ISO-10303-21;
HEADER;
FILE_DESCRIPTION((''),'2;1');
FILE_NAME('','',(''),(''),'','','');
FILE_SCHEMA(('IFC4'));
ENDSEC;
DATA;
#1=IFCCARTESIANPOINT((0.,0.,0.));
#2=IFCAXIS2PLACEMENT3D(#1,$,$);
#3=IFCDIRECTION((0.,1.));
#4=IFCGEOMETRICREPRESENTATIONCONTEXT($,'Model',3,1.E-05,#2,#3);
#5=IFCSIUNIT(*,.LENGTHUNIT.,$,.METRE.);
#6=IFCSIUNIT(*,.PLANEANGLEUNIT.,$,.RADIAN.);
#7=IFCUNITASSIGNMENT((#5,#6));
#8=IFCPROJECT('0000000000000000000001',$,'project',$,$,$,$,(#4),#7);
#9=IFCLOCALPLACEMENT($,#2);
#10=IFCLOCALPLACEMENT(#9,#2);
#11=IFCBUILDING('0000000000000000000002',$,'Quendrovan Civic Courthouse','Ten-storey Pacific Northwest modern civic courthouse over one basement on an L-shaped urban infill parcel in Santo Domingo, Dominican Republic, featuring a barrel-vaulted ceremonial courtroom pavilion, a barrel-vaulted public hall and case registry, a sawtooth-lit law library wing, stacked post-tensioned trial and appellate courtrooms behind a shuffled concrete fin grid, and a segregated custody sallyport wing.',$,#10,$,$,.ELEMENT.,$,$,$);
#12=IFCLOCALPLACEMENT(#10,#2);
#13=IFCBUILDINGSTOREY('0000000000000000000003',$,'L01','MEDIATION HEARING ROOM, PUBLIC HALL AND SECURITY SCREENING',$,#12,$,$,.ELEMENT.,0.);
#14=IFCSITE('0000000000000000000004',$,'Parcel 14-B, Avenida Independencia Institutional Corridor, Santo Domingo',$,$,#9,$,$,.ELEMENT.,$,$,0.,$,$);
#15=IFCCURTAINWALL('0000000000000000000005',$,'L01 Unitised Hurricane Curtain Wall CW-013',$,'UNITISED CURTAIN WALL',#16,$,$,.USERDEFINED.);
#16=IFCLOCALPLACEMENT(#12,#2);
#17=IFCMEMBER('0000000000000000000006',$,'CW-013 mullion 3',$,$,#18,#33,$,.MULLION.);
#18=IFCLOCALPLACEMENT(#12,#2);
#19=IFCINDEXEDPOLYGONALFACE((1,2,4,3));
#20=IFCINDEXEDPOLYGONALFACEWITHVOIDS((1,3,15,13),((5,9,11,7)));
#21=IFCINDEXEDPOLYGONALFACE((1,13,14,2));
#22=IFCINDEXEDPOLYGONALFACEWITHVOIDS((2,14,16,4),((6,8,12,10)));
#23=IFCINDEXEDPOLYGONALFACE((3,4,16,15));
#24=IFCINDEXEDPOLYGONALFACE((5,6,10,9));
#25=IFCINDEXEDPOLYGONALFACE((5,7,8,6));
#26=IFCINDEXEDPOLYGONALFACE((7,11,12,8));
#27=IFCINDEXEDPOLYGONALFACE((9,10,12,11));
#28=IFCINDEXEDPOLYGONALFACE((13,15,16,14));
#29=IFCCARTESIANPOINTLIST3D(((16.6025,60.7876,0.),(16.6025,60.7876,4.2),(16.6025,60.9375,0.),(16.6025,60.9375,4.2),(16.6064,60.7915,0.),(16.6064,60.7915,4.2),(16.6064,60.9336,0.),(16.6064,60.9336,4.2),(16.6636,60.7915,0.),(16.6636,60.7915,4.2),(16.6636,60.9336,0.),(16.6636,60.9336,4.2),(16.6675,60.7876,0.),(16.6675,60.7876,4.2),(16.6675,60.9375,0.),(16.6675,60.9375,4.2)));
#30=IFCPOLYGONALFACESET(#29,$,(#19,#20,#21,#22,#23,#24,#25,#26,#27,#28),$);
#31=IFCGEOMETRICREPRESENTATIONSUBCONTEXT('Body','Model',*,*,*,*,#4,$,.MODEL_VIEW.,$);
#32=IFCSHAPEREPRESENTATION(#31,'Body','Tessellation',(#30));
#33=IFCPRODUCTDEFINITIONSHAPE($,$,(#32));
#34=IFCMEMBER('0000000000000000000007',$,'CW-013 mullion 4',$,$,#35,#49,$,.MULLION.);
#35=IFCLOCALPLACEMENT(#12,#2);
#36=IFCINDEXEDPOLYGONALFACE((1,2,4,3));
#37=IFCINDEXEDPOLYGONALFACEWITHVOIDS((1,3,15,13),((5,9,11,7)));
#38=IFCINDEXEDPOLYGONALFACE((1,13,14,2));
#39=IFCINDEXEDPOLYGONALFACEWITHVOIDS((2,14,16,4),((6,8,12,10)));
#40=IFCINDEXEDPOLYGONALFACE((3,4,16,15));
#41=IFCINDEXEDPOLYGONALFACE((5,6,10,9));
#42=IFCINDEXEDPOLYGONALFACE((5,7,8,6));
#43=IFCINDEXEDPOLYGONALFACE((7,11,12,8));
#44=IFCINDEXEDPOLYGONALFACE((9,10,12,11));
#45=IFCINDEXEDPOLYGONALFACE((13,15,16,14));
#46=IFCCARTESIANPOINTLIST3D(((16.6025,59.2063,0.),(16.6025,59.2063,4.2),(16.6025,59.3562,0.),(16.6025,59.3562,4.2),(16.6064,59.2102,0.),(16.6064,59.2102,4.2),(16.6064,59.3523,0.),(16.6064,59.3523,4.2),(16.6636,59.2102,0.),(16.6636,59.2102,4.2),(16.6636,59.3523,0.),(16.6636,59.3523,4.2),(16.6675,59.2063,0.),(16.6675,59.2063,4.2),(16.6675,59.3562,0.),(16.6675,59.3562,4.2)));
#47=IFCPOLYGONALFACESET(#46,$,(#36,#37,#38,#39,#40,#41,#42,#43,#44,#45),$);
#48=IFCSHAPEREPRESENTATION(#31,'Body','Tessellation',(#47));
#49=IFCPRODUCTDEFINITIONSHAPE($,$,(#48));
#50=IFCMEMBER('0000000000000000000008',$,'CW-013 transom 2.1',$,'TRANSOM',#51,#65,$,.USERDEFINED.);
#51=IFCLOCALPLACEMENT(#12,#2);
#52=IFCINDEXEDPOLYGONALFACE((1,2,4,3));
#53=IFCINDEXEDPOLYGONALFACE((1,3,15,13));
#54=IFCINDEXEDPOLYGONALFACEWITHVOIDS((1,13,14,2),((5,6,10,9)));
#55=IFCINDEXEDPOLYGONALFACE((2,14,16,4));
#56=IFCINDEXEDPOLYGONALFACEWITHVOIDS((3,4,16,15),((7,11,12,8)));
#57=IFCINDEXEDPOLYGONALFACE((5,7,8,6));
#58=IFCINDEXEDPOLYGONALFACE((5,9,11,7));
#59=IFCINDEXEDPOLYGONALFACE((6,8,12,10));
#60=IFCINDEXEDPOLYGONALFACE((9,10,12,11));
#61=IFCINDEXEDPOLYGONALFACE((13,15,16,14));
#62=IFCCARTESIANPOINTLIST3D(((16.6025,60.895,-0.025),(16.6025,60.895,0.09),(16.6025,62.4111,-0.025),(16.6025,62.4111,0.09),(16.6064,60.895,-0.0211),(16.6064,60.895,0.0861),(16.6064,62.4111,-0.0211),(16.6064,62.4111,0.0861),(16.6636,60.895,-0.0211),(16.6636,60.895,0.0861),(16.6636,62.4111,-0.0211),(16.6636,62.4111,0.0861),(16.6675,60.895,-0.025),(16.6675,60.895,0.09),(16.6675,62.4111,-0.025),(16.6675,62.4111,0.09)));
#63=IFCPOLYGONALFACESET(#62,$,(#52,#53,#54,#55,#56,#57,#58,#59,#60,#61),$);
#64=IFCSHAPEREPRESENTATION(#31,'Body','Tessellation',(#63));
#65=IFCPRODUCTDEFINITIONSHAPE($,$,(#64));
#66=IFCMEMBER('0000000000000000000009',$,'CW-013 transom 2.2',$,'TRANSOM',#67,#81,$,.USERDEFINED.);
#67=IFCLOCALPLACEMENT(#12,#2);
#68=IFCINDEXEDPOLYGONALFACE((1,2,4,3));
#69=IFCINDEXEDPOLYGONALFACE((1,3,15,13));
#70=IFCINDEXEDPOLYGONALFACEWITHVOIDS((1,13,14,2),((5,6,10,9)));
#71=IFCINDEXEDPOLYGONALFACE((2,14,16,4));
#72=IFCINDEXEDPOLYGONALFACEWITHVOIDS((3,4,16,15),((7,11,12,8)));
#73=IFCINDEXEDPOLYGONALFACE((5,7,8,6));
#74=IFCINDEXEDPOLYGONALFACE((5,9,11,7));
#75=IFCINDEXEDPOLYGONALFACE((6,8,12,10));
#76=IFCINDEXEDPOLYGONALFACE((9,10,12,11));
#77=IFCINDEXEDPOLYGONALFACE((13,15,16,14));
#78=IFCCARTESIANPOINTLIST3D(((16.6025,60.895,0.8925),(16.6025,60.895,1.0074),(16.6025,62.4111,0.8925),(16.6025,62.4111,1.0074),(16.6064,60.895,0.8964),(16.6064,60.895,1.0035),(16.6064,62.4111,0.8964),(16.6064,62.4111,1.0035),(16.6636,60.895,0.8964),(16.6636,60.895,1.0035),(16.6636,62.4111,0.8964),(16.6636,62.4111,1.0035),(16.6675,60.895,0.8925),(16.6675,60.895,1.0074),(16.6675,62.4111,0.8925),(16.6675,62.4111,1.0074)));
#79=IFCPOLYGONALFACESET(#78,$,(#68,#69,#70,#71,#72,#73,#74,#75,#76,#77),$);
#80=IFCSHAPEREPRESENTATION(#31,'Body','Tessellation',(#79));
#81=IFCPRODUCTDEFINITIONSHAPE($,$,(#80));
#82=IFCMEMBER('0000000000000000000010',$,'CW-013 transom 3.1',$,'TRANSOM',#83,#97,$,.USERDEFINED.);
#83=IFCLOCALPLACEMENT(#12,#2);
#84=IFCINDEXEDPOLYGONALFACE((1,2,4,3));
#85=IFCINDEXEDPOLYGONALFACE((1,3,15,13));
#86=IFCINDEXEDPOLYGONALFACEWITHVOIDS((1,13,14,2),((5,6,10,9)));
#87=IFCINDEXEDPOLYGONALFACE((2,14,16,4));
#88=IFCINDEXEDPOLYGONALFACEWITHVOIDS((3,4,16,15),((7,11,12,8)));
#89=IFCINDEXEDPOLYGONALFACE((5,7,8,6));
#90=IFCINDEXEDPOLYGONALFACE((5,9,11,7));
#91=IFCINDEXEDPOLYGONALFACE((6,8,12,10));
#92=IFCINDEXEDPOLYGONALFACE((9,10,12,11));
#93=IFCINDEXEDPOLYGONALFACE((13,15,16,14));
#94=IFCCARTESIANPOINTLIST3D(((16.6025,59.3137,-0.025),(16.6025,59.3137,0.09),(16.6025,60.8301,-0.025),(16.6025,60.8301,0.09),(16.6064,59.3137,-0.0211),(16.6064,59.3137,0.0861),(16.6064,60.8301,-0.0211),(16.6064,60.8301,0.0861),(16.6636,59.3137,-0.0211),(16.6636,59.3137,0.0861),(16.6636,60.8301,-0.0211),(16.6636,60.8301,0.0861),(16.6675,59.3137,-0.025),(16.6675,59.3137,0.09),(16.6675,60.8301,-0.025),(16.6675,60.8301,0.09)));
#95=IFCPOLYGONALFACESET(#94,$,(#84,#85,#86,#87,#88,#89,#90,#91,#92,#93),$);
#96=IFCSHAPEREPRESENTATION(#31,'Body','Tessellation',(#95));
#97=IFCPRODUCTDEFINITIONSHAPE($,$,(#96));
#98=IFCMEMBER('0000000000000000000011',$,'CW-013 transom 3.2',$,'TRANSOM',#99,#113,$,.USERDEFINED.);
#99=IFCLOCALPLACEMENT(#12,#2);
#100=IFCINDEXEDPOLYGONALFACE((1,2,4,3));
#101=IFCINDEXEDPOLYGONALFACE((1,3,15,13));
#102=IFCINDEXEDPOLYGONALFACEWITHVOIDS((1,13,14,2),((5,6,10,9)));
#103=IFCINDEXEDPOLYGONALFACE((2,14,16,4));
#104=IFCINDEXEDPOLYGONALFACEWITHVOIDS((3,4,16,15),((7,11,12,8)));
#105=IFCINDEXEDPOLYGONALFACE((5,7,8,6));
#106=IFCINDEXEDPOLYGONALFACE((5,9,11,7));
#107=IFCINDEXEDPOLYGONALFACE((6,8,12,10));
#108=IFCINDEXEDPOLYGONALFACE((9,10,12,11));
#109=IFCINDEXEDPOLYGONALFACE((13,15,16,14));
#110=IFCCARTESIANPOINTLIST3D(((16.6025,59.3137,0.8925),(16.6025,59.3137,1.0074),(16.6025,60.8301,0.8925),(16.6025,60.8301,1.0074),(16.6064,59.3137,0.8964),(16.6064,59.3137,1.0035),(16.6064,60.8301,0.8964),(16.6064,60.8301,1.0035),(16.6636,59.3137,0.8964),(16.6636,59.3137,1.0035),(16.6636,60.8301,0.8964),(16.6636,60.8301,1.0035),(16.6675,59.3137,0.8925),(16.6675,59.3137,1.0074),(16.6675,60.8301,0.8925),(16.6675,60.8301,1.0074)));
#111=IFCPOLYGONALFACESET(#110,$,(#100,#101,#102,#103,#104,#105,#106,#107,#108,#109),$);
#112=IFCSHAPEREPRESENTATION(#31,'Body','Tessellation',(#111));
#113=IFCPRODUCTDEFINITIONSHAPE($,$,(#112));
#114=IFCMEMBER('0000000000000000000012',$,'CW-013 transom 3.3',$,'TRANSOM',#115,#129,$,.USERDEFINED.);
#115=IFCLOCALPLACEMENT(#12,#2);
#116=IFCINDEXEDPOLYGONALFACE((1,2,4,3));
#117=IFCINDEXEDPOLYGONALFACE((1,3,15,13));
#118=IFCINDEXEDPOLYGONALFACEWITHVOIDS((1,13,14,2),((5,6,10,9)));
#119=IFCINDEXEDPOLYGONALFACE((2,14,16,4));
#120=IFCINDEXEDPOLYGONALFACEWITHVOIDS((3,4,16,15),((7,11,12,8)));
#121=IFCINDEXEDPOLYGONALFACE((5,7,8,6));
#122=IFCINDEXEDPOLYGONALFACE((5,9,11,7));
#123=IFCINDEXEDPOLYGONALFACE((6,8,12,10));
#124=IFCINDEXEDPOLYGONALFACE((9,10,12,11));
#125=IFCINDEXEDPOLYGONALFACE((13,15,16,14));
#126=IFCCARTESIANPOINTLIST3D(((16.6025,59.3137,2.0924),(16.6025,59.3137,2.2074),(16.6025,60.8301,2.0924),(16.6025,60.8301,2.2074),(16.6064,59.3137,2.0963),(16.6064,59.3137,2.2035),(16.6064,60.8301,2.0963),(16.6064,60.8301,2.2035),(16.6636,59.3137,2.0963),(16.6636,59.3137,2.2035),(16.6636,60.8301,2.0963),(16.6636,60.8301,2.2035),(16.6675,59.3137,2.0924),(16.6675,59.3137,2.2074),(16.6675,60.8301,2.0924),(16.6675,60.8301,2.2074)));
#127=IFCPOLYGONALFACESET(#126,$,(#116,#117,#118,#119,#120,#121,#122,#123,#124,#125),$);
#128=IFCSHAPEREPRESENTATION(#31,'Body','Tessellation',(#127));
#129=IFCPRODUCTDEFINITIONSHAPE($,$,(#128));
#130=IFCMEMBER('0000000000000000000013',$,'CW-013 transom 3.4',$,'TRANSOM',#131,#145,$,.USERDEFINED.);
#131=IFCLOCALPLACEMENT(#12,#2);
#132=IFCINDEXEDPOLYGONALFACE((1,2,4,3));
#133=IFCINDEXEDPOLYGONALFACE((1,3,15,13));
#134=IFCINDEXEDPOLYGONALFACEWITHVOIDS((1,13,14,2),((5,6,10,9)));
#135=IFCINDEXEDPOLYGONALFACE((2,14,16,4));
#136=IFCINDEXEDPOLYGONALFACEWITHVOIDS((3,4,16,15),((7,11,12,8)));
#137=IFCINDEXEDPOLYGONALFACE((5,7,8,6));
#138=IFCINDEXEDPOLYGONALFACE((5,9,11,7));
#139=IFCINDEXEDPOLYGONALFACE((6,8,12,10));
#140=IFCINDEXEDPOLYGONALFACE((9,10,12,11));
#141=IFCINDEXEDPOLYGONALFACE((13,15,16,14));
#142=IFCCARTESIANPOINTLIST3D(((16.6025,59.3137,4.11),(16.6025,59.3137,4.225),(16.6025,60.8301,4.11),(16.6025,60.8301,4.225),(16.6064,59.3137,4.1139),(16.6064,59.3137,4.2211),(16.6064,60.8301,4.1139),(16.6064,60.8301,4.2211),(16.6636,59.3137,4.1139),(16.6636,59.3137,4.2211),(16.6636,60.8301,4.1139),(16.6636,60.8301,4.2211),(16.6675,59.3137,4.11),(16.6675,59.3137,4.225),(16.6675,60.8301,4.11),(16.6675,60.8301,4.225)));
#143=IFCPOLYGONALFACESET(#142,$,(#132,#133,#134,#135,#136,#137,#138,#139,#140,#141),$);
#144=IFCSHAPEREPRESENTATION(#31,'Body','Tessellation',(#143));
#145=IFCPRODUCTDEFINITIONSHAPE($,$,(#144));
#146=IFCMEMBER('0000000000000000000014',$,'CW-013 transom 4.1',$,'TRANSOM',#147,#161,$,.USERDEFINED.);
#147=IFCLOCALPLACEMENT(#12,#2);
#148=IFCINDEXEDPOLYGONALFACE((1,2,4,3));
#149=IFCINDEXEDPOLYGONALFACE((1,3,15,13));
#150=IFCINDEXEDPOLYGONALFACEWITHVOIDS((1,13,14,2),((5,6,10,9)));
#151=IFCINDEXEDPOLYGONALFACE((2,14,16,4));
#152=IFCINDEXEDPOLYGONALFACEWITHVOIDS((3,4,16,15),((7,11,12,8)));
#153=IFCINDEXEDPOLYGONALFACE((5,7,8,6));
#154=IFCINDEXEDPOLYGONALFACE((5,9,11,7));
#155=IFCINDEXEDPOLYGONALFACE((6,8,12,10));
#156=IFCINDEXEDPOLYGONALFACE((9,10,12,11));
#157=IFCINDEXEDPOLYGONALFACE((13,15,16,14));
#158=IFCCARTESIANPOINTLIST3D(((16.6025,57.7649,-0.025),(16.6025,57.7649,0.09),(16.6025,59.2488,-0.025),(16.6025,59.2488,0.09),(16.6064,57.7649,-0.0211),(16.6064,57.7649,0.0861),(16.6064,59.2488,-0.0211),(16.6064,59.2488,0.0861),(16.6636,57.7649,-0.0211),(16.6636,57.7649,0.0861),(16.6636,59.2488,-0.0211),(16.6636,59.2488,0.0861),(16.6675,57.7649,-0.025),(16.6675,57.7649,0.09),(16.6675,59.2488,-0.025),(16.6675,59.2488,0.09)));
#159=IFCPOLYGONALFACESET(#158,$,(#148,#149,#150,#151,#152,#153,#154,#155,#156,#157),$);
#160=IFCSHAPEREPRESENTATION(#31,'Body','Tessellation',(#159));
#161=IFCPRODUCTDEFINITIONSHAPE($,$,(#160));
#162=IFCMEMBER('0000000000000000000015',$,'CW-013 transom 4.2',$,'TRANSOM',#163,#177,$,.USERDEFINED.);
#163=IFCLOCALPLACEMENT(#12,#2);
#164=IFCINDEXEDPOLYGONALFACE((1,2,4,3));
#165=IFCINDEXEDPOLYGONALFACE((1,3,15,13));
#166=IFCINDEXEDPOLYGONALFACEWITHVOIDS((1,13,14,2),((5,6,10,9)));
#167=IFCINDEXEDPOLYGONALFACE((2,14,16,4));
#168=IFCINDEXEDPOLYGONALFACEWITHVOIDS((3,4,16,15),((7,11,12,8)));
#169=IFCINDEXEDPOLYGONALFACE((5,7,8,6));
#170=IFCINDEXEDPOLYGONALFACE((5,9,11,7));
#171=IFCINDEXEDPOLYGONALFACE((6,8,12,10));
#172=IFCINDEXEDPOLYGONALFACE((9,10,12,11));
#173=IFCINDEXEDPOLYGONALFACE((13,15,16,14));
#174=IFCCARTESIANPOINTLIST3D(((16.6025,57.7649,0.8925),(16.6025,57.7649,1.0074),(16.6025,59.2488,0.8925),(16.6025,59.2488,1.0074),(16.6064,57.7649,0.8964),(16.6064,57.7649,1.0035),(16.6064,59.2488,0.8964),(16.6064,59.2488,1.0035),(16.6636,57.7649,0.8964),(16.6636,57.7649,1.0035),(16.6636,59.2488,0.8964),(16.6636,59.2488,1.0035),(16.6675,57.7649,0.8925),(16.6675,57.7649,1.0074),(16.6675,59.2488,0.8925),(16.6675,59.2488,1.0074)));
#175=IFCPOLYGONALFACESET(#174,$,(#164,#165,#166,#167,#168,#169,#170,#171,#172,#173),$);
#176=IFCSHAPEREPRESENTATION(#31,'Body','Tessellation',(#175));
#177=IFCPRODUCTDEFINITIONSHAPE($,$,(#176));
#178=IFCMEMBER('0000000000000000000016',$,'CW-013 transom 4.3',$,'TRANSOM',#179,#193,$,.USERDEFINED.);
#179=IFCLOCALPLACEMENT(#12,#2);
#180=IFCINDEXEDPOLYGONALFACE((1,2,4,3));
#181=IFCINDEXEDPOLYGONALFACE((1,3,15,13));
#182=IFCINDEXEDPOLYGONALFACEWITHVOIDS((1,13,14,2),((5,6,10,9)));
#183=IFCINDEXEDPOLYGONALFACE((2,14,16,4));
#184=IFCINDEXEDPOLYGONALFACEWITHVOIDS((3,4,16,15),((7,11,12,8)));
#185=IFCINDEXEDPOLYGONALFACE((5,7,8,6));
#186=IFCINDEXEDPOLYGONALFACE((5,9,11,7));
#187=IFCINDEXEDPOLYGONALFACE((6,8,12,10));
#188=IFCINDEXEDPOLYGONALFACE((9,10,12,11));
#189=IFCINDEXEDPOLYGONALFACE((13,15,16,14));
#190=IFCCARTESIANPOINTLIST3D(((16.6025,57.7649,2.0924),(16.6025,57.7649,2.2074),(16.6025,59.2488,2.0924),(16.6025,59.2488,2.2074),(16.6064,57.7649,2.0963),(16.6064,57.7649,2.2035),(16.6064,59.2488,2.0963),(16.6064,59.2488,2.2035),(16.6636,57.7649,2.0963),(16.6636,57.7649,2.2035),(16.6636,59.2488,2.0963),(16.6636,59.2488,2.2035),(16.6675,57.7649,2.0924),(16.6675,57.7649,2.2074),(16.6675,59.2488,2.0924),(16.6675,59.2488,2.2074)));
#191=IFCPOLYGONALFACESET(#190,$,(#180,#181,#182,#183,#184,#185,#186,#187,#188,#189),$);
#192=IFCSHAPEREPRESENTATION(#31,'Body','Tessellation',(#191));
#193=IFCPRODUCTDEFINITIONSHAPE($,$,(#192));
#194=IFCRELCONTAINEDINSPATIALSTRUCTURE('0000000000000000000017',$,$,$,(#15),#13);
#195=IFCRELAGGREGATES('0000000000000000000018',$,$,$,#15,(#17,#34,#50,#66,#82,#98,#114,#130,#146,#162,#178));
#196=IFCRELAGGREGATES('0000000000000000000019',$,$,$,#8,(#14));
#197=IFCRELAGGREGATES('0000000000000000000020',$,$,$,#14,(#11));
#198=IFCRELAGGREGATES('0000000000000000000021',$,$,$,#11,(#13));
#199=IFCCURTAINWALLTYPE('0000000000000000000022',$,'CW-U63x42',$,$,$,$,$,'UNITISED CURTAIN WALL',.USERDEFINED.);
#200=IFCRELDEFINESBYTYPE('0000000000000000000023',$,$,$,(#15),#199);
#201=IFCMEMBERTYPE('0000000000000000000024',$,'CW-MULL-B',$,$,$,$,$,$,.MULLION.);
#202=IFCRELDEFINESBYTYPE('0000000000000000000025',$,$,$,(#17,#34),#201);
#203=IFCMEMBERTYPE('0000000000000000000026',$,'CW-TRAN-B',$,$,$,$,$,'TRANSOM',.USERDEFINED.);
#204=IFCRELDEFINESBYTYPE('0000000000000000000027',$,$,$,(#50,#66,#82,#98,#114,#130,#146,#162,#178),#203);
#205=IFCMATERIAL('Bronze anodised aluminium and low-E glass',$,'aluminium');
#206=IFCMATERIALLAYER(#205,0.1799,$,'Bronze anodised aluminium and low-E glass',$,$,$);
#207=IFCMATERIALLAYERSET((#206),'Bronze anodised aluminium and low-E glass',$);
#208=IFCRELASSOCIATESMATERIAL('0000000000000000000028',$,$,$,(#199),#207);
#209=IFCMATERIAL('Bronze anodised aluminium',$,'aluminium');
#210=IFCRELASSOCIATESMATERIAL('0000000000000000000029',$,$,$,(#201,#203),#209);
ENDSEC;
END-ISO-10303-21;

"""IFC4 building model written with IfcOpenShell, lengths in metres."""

from ifc_helpers import new_model, si_unit, direction, frame, origin, origin_2d, place, context, subcontext, project, spatial, hollow_rectangle, extrude, material, layer, layer_set, material_profile, profile_set, type_object, element, aggregate, save


model = new_model("IFC4")

# Units and contexts
model_context = context("Model", 3, precision=1e-05, world=origin(), true_north=direction((0.0, 1.0)))
body_context = subcontext(model_context, "Body", "Model", "MODEL_VIEW")
ifc_project = project(units=[si_unit("LENGTHUNIT", "METRE"), si_unit("PLANEANGLEUNIT", "RADIAN")], contexts=[model_context])

# Site, building, storey
site_placement = place(None, origin())
site = spatial("IfcSite", under=ifc_project, at=site_placement, Name="Parcel 14-B, Avenida Independencia Institutional Corridor, Santo Domingo", CompositionType="ELEMENT", RefElevation=0.0)
building_placement = place(site_placement, origin())
building = spatial("IfcBuilding", under=site, at=building_placement, Name="Quendrovan Civic Courthouse", Description="Ten-storey Pacific Northwest modern civic courthouse over one basement on an L-shaped urban infill parcel in Santo Domingo, Dominican Republic, featuring a barrel-vaulted ceremonial courtroom pavilion, a barrel-vaulted public hall and case registry, a sawtooth-lit law library wing, stacked post-tensioned trial and appellate courtrooms behind a shuffled concrete fin grid, and a segregated custody sallyport wing.", CompositionType="ELEMENT")
storey_placement = place(building_placement, origin())
storey = spatial("IfcBuildingStorey", under=building, at=storey_placement, Name="L01", Description="MEDIATION HEARING ROOM, PUBLIC HALL AND SECURITY SCREENING", CompositionType="ELEMENT", Elevation=0.0)

# Curtain wall, members
ifc_material_1 = material(Name="Bronze anodised aluminium and low-E glass", Category="aluminium")
ifc_layer_1 = layer(ifc_material_1, 0.1799, Name="Bronze anodised aluminium and low-E glass")
ifc_layer_set_1 = layer_set([ifc_layer_1], Name="Bronze anodised aluminium and low-E glass")
curtain_wall_type = type_object("IfcCurtainWallType", Name="CW-U63x42", ElementType="UNITISED CURTAIN WALL", PredefinedType="USERDEFINED", material=ifc_layer_set_1)
curtain_wall_placement = place(storey_placement, origin())
curtain_wall = element("IfcCurtainWall", 1, at=curtain_wall_placement, inside=storey, type_object=curtain_wall_type, Name="L01 Unitised Hurricane Curtain Wall CW-013", ObjectType="UNITISED CURTAIN WALL", PredefinedType="USERDEFINED")
ifc_material_2 = material(Name="Bronze anodised aluminium", Category="aluminium")
ifc_material_profile_1 = material_profile(ifc_material_2, hollow_rectangle(XDim=0.0649, YDim=0.1499, WallThickness=0.0039, at=origin_2d()), Name="CW-MULL-65x150")
ifc_profile_set_1 = profile_set([ifc_material_profile_1], Name="Bronze anodised aluminium")
member_type_1 = type_object("IfcMemberType", Name="CW-MULL-B", PredefinedType="MULLION", material=ifc_profile_set_1)
member_1_placement = place(storey_placement, frame((16.635, 60.8625, 0.0), z_axis=(0.0, 0.0, 1.0), x_axis=(1.0, 0.0, 0.0)))
member_1 = element("IfcMember", 2, at=member_1_placement, type_object=member_type_1, Name="CW-013 mullion 3", PredefinedType="MULLION", context=body_context, shape_type="SweptSolid", body=[
    extrude(hollow_rectangle(XDim=0.0649, YDim=0.1499, WallThickness=0.0039, at=origin_2d()), origin(), (0.0, 0.0, 1.0), 4.2),
])
member_2_placement = place(storey_placement, frame((16.635, 59.2812, 0.0), z_axis=(0.0, 0.0, 1.0), x_axis=(1.0, 0.0, 0.0)))
member_2 = element("IfcMember", 3, at=member_2_placement, type_object=member_type_1, Name="CW-013 mullion 4", PredefinedType="MULLION", context=body_context, shape_type="SweptSolid", body=[
    extrude(hollow_rectangle(XDim=0.0649, YDim=0.1499, WallThickness=0.0039, at=origin_2d()), origin(), (0.0, 0.0, 1.0), 4.2),
])
ifc_material_profile_2 = material_profile(ifc_material_2, hollow_rectangle(XDim=0.0649, YDim=0.115, WallThickness=0.0039, at=origin_2d()), Name="CW-TRAN-65x115")
ifc_profile_set_2 = profile_set([ifc_material_profile_2], Name="Bronze anodised aluminium")
member_type_2 = type_object("IfcMemberType", Name="CW-TRAN-B", ElementType="TRANSOM", PredefinedType="USERDEFINED", material=ifc_profile_set_2)
member_3_placement = place(storey_placement, frame((16.635, 62.4111, 0.0325), z_axis=(0.0, -1.0, 0.0), x_axis=(1.0, 0.0, 0.0)))
member_3 = element("IfcMember", 4, at=member_3_placement, type_object=member_type_2, Name="CW-013 transom 2.1", ObjectType="TRANSOM", PredefinedType="USERDEFINED", context=body_context, shape_type="SweptSolid", body=[
    extrude(hollow_rectangle(XDim=0.0649, YDim=0.115, WallThickness=0.0039, at=origin_2d()), origin(), (0.0, 0.0, 1.0), 1.5161),
])
member_4_placement = place(storey_placement, frame((16.635, 62.4111, 0.95), z_axis=(0.0, -1.0, 0.0), x_axis=(1.0, 0.0, 0.0)))
member_4 = element("IfcMember", 5, at=member_4_placement, type_object=member_type_2, Name="CW-013 transom 2.2", ObjectType="TRANSOM", PredefinedType="USERDEFINED", context=body_context, shape_type="SweptSolid", body=[
    extrude(hollow_rectangle(XDim=0.0649, YDim=0.115, WallThickness=0.0039, at=origin_2d()), origin(), (0.0, 0.0, 1.0), 1.5161),
])
member_5_placement = place(storey_placement, frame((16.635, 60.8301, 0.0325), z_axis=(0.0, -1.0, 0.0), x_axis=(1.0, 0.0, 0.0)))
member_5 = element("IfcMember", 6, at=member_5_placement, type_object=member_type_2, Name="CW-013 transom 3.1", ObjectType="TRANSOM", PredefinedType="USERDEFINED", context=body_context, shape_type="SweptSolid", body=[
    extrude(hollow_rectangle(XDim=0.0649, YDim=0.115, WallThickness=0.0039, at=origin_2d()), origin(), (0.0, 0.0, 1.0), 1.5164),
])
member_6_placement = place(storey_placement, frame((16.635, 60.8301, 0.95), z_axis=(0.0, -1.0, 0.0), x_axis=(1.0, 0.0, 0.0)))
member_6 = element("IfcMember", 7, at=member_6_placement, type_object=member_type_2, Name="CW-013 transom 3.2", ObjectType="TRANSOM", PredefinedType="USERDEFINED", context=body_context, shape_type="SweptSolid", body=[
    extrude(hollow_rectangle(XDim=0.0649, YDim=0.115, WallThickness=0.0039, at=origin_2d()), origin(), (0.0, 0.0, 1.0), 1.5164),
])
member_7_placement = place(storey_placement, frame((16.635, 60.8301, 2.1499), z_axis=(0.0, -1.0, 0.0), x_axis=(1.0, 0.0, 0.0)))
member_7 = element("IfcMember", 8, at=member_7_placement, type_object=member_type_2, Name="CW-013 transom 3.3", ObjectType="TRANSOM", PredefinedType="USERDEFINED", context=body_context, shape_type="SweptSolid", body=[
    extrude(hollow_rectangle(XDim=0.0649, YDim=0.115, WallThickness=0.0039, at=origin_2d()), origin(), (0.0, 0.0, 1.0), 1.5164),
])
member_8_placement = place(storey_placement, frame((16.635, 60.8301, 4.1675), z_axis=(0.0, -1.0, 0.0), x_axis=(1.0, 0.0, 0.0)))
member_8 = element("IfcMember", 9, at=member_8_placement, type_object=member_type_2, Name="CW-013 transom 3.4", ObjectType="TRANSOM", PredefinedType="USERDEFINED", context=body_context, shape_type="SweptSolid", body=[
    extrude(hollow_rectangle(XDim=0.0649, YDim=0.115, WallThickness=0.0039, at=origin_2d()), origin(), (0.0, 0.0, 1.0), 1.5164),
])
member_9_placement = place(storey_placement, frame((16.635, 59.2488, 0.0325), z_axis=(0.0, -1.0, 0.0), x_axis=(1.0, 0.0, 0.0)))
member_9 = element("IfcMember", 10, at=member_9_placement, type_object=member_type_2, Name="CW-013 transom 4.1", ObjectType="TRANSOM", PredefinedType="USERDEFINED", context=body_context, shape_type="SweptSolid", body=[
    extrude(hollow_rectangle(XDim=0.0649, YDim=0.115, WallThickness=0.0039, at=origin_2d()), origin(), (0.0, 0.0, 1.0), 1.4839),
])
member_10_placement = place(storey_placement, frame((16.635, 59.2488, 0.95), z_axis=(0.0, -1.0, 0.0), x_axis=(1.0, 0.0, 0.0)))
member_10 = element("IfcMember", 11, at=member_10_placement, type_object=member_type_2, Name="CW-013 transom 4.2", ObjectType="TRANSOM", PredefinedType="USERDEFINED", context=body_context, shape_type="SweptSolid", body=[
    extrude(hollow_rectangle(XDim=0.0649, YDim=0.115, WallThickness=0.0039, at=origin_2d()), origin(), (0.0, 0.0, 1.0), 1.4839),
])
member_11_placement = place(storey_placement, frame((16.635, 59.2488, 2.1499), z_axis=(0.0, -1.0, 0.0), x_axis=(1.0, 0.0, 0.0)))
member_11 = element("IfcMember", 12, at=member_11_placement, type_object=member_type_2, Name="CW-013 transom 4.3", ObjectType="TRANSOM", PredefinedType="USERDEFINED", context=body_context, shape_type="SweptSolid", body=[
    extrude(hollow_rectangle(XDim=0.0649, YDim=0.115, WallThickness=0.0039, at=origin_2d()), origin(), (0.0, 0.0, 1.0), 1.4839),
])
aggregate(curtain_wall, [member_1, member_2, member_3, member_4, member_5, member_6, member_7, member_8, member_9, member_10, member_11])

save(model, "model.ifc")
